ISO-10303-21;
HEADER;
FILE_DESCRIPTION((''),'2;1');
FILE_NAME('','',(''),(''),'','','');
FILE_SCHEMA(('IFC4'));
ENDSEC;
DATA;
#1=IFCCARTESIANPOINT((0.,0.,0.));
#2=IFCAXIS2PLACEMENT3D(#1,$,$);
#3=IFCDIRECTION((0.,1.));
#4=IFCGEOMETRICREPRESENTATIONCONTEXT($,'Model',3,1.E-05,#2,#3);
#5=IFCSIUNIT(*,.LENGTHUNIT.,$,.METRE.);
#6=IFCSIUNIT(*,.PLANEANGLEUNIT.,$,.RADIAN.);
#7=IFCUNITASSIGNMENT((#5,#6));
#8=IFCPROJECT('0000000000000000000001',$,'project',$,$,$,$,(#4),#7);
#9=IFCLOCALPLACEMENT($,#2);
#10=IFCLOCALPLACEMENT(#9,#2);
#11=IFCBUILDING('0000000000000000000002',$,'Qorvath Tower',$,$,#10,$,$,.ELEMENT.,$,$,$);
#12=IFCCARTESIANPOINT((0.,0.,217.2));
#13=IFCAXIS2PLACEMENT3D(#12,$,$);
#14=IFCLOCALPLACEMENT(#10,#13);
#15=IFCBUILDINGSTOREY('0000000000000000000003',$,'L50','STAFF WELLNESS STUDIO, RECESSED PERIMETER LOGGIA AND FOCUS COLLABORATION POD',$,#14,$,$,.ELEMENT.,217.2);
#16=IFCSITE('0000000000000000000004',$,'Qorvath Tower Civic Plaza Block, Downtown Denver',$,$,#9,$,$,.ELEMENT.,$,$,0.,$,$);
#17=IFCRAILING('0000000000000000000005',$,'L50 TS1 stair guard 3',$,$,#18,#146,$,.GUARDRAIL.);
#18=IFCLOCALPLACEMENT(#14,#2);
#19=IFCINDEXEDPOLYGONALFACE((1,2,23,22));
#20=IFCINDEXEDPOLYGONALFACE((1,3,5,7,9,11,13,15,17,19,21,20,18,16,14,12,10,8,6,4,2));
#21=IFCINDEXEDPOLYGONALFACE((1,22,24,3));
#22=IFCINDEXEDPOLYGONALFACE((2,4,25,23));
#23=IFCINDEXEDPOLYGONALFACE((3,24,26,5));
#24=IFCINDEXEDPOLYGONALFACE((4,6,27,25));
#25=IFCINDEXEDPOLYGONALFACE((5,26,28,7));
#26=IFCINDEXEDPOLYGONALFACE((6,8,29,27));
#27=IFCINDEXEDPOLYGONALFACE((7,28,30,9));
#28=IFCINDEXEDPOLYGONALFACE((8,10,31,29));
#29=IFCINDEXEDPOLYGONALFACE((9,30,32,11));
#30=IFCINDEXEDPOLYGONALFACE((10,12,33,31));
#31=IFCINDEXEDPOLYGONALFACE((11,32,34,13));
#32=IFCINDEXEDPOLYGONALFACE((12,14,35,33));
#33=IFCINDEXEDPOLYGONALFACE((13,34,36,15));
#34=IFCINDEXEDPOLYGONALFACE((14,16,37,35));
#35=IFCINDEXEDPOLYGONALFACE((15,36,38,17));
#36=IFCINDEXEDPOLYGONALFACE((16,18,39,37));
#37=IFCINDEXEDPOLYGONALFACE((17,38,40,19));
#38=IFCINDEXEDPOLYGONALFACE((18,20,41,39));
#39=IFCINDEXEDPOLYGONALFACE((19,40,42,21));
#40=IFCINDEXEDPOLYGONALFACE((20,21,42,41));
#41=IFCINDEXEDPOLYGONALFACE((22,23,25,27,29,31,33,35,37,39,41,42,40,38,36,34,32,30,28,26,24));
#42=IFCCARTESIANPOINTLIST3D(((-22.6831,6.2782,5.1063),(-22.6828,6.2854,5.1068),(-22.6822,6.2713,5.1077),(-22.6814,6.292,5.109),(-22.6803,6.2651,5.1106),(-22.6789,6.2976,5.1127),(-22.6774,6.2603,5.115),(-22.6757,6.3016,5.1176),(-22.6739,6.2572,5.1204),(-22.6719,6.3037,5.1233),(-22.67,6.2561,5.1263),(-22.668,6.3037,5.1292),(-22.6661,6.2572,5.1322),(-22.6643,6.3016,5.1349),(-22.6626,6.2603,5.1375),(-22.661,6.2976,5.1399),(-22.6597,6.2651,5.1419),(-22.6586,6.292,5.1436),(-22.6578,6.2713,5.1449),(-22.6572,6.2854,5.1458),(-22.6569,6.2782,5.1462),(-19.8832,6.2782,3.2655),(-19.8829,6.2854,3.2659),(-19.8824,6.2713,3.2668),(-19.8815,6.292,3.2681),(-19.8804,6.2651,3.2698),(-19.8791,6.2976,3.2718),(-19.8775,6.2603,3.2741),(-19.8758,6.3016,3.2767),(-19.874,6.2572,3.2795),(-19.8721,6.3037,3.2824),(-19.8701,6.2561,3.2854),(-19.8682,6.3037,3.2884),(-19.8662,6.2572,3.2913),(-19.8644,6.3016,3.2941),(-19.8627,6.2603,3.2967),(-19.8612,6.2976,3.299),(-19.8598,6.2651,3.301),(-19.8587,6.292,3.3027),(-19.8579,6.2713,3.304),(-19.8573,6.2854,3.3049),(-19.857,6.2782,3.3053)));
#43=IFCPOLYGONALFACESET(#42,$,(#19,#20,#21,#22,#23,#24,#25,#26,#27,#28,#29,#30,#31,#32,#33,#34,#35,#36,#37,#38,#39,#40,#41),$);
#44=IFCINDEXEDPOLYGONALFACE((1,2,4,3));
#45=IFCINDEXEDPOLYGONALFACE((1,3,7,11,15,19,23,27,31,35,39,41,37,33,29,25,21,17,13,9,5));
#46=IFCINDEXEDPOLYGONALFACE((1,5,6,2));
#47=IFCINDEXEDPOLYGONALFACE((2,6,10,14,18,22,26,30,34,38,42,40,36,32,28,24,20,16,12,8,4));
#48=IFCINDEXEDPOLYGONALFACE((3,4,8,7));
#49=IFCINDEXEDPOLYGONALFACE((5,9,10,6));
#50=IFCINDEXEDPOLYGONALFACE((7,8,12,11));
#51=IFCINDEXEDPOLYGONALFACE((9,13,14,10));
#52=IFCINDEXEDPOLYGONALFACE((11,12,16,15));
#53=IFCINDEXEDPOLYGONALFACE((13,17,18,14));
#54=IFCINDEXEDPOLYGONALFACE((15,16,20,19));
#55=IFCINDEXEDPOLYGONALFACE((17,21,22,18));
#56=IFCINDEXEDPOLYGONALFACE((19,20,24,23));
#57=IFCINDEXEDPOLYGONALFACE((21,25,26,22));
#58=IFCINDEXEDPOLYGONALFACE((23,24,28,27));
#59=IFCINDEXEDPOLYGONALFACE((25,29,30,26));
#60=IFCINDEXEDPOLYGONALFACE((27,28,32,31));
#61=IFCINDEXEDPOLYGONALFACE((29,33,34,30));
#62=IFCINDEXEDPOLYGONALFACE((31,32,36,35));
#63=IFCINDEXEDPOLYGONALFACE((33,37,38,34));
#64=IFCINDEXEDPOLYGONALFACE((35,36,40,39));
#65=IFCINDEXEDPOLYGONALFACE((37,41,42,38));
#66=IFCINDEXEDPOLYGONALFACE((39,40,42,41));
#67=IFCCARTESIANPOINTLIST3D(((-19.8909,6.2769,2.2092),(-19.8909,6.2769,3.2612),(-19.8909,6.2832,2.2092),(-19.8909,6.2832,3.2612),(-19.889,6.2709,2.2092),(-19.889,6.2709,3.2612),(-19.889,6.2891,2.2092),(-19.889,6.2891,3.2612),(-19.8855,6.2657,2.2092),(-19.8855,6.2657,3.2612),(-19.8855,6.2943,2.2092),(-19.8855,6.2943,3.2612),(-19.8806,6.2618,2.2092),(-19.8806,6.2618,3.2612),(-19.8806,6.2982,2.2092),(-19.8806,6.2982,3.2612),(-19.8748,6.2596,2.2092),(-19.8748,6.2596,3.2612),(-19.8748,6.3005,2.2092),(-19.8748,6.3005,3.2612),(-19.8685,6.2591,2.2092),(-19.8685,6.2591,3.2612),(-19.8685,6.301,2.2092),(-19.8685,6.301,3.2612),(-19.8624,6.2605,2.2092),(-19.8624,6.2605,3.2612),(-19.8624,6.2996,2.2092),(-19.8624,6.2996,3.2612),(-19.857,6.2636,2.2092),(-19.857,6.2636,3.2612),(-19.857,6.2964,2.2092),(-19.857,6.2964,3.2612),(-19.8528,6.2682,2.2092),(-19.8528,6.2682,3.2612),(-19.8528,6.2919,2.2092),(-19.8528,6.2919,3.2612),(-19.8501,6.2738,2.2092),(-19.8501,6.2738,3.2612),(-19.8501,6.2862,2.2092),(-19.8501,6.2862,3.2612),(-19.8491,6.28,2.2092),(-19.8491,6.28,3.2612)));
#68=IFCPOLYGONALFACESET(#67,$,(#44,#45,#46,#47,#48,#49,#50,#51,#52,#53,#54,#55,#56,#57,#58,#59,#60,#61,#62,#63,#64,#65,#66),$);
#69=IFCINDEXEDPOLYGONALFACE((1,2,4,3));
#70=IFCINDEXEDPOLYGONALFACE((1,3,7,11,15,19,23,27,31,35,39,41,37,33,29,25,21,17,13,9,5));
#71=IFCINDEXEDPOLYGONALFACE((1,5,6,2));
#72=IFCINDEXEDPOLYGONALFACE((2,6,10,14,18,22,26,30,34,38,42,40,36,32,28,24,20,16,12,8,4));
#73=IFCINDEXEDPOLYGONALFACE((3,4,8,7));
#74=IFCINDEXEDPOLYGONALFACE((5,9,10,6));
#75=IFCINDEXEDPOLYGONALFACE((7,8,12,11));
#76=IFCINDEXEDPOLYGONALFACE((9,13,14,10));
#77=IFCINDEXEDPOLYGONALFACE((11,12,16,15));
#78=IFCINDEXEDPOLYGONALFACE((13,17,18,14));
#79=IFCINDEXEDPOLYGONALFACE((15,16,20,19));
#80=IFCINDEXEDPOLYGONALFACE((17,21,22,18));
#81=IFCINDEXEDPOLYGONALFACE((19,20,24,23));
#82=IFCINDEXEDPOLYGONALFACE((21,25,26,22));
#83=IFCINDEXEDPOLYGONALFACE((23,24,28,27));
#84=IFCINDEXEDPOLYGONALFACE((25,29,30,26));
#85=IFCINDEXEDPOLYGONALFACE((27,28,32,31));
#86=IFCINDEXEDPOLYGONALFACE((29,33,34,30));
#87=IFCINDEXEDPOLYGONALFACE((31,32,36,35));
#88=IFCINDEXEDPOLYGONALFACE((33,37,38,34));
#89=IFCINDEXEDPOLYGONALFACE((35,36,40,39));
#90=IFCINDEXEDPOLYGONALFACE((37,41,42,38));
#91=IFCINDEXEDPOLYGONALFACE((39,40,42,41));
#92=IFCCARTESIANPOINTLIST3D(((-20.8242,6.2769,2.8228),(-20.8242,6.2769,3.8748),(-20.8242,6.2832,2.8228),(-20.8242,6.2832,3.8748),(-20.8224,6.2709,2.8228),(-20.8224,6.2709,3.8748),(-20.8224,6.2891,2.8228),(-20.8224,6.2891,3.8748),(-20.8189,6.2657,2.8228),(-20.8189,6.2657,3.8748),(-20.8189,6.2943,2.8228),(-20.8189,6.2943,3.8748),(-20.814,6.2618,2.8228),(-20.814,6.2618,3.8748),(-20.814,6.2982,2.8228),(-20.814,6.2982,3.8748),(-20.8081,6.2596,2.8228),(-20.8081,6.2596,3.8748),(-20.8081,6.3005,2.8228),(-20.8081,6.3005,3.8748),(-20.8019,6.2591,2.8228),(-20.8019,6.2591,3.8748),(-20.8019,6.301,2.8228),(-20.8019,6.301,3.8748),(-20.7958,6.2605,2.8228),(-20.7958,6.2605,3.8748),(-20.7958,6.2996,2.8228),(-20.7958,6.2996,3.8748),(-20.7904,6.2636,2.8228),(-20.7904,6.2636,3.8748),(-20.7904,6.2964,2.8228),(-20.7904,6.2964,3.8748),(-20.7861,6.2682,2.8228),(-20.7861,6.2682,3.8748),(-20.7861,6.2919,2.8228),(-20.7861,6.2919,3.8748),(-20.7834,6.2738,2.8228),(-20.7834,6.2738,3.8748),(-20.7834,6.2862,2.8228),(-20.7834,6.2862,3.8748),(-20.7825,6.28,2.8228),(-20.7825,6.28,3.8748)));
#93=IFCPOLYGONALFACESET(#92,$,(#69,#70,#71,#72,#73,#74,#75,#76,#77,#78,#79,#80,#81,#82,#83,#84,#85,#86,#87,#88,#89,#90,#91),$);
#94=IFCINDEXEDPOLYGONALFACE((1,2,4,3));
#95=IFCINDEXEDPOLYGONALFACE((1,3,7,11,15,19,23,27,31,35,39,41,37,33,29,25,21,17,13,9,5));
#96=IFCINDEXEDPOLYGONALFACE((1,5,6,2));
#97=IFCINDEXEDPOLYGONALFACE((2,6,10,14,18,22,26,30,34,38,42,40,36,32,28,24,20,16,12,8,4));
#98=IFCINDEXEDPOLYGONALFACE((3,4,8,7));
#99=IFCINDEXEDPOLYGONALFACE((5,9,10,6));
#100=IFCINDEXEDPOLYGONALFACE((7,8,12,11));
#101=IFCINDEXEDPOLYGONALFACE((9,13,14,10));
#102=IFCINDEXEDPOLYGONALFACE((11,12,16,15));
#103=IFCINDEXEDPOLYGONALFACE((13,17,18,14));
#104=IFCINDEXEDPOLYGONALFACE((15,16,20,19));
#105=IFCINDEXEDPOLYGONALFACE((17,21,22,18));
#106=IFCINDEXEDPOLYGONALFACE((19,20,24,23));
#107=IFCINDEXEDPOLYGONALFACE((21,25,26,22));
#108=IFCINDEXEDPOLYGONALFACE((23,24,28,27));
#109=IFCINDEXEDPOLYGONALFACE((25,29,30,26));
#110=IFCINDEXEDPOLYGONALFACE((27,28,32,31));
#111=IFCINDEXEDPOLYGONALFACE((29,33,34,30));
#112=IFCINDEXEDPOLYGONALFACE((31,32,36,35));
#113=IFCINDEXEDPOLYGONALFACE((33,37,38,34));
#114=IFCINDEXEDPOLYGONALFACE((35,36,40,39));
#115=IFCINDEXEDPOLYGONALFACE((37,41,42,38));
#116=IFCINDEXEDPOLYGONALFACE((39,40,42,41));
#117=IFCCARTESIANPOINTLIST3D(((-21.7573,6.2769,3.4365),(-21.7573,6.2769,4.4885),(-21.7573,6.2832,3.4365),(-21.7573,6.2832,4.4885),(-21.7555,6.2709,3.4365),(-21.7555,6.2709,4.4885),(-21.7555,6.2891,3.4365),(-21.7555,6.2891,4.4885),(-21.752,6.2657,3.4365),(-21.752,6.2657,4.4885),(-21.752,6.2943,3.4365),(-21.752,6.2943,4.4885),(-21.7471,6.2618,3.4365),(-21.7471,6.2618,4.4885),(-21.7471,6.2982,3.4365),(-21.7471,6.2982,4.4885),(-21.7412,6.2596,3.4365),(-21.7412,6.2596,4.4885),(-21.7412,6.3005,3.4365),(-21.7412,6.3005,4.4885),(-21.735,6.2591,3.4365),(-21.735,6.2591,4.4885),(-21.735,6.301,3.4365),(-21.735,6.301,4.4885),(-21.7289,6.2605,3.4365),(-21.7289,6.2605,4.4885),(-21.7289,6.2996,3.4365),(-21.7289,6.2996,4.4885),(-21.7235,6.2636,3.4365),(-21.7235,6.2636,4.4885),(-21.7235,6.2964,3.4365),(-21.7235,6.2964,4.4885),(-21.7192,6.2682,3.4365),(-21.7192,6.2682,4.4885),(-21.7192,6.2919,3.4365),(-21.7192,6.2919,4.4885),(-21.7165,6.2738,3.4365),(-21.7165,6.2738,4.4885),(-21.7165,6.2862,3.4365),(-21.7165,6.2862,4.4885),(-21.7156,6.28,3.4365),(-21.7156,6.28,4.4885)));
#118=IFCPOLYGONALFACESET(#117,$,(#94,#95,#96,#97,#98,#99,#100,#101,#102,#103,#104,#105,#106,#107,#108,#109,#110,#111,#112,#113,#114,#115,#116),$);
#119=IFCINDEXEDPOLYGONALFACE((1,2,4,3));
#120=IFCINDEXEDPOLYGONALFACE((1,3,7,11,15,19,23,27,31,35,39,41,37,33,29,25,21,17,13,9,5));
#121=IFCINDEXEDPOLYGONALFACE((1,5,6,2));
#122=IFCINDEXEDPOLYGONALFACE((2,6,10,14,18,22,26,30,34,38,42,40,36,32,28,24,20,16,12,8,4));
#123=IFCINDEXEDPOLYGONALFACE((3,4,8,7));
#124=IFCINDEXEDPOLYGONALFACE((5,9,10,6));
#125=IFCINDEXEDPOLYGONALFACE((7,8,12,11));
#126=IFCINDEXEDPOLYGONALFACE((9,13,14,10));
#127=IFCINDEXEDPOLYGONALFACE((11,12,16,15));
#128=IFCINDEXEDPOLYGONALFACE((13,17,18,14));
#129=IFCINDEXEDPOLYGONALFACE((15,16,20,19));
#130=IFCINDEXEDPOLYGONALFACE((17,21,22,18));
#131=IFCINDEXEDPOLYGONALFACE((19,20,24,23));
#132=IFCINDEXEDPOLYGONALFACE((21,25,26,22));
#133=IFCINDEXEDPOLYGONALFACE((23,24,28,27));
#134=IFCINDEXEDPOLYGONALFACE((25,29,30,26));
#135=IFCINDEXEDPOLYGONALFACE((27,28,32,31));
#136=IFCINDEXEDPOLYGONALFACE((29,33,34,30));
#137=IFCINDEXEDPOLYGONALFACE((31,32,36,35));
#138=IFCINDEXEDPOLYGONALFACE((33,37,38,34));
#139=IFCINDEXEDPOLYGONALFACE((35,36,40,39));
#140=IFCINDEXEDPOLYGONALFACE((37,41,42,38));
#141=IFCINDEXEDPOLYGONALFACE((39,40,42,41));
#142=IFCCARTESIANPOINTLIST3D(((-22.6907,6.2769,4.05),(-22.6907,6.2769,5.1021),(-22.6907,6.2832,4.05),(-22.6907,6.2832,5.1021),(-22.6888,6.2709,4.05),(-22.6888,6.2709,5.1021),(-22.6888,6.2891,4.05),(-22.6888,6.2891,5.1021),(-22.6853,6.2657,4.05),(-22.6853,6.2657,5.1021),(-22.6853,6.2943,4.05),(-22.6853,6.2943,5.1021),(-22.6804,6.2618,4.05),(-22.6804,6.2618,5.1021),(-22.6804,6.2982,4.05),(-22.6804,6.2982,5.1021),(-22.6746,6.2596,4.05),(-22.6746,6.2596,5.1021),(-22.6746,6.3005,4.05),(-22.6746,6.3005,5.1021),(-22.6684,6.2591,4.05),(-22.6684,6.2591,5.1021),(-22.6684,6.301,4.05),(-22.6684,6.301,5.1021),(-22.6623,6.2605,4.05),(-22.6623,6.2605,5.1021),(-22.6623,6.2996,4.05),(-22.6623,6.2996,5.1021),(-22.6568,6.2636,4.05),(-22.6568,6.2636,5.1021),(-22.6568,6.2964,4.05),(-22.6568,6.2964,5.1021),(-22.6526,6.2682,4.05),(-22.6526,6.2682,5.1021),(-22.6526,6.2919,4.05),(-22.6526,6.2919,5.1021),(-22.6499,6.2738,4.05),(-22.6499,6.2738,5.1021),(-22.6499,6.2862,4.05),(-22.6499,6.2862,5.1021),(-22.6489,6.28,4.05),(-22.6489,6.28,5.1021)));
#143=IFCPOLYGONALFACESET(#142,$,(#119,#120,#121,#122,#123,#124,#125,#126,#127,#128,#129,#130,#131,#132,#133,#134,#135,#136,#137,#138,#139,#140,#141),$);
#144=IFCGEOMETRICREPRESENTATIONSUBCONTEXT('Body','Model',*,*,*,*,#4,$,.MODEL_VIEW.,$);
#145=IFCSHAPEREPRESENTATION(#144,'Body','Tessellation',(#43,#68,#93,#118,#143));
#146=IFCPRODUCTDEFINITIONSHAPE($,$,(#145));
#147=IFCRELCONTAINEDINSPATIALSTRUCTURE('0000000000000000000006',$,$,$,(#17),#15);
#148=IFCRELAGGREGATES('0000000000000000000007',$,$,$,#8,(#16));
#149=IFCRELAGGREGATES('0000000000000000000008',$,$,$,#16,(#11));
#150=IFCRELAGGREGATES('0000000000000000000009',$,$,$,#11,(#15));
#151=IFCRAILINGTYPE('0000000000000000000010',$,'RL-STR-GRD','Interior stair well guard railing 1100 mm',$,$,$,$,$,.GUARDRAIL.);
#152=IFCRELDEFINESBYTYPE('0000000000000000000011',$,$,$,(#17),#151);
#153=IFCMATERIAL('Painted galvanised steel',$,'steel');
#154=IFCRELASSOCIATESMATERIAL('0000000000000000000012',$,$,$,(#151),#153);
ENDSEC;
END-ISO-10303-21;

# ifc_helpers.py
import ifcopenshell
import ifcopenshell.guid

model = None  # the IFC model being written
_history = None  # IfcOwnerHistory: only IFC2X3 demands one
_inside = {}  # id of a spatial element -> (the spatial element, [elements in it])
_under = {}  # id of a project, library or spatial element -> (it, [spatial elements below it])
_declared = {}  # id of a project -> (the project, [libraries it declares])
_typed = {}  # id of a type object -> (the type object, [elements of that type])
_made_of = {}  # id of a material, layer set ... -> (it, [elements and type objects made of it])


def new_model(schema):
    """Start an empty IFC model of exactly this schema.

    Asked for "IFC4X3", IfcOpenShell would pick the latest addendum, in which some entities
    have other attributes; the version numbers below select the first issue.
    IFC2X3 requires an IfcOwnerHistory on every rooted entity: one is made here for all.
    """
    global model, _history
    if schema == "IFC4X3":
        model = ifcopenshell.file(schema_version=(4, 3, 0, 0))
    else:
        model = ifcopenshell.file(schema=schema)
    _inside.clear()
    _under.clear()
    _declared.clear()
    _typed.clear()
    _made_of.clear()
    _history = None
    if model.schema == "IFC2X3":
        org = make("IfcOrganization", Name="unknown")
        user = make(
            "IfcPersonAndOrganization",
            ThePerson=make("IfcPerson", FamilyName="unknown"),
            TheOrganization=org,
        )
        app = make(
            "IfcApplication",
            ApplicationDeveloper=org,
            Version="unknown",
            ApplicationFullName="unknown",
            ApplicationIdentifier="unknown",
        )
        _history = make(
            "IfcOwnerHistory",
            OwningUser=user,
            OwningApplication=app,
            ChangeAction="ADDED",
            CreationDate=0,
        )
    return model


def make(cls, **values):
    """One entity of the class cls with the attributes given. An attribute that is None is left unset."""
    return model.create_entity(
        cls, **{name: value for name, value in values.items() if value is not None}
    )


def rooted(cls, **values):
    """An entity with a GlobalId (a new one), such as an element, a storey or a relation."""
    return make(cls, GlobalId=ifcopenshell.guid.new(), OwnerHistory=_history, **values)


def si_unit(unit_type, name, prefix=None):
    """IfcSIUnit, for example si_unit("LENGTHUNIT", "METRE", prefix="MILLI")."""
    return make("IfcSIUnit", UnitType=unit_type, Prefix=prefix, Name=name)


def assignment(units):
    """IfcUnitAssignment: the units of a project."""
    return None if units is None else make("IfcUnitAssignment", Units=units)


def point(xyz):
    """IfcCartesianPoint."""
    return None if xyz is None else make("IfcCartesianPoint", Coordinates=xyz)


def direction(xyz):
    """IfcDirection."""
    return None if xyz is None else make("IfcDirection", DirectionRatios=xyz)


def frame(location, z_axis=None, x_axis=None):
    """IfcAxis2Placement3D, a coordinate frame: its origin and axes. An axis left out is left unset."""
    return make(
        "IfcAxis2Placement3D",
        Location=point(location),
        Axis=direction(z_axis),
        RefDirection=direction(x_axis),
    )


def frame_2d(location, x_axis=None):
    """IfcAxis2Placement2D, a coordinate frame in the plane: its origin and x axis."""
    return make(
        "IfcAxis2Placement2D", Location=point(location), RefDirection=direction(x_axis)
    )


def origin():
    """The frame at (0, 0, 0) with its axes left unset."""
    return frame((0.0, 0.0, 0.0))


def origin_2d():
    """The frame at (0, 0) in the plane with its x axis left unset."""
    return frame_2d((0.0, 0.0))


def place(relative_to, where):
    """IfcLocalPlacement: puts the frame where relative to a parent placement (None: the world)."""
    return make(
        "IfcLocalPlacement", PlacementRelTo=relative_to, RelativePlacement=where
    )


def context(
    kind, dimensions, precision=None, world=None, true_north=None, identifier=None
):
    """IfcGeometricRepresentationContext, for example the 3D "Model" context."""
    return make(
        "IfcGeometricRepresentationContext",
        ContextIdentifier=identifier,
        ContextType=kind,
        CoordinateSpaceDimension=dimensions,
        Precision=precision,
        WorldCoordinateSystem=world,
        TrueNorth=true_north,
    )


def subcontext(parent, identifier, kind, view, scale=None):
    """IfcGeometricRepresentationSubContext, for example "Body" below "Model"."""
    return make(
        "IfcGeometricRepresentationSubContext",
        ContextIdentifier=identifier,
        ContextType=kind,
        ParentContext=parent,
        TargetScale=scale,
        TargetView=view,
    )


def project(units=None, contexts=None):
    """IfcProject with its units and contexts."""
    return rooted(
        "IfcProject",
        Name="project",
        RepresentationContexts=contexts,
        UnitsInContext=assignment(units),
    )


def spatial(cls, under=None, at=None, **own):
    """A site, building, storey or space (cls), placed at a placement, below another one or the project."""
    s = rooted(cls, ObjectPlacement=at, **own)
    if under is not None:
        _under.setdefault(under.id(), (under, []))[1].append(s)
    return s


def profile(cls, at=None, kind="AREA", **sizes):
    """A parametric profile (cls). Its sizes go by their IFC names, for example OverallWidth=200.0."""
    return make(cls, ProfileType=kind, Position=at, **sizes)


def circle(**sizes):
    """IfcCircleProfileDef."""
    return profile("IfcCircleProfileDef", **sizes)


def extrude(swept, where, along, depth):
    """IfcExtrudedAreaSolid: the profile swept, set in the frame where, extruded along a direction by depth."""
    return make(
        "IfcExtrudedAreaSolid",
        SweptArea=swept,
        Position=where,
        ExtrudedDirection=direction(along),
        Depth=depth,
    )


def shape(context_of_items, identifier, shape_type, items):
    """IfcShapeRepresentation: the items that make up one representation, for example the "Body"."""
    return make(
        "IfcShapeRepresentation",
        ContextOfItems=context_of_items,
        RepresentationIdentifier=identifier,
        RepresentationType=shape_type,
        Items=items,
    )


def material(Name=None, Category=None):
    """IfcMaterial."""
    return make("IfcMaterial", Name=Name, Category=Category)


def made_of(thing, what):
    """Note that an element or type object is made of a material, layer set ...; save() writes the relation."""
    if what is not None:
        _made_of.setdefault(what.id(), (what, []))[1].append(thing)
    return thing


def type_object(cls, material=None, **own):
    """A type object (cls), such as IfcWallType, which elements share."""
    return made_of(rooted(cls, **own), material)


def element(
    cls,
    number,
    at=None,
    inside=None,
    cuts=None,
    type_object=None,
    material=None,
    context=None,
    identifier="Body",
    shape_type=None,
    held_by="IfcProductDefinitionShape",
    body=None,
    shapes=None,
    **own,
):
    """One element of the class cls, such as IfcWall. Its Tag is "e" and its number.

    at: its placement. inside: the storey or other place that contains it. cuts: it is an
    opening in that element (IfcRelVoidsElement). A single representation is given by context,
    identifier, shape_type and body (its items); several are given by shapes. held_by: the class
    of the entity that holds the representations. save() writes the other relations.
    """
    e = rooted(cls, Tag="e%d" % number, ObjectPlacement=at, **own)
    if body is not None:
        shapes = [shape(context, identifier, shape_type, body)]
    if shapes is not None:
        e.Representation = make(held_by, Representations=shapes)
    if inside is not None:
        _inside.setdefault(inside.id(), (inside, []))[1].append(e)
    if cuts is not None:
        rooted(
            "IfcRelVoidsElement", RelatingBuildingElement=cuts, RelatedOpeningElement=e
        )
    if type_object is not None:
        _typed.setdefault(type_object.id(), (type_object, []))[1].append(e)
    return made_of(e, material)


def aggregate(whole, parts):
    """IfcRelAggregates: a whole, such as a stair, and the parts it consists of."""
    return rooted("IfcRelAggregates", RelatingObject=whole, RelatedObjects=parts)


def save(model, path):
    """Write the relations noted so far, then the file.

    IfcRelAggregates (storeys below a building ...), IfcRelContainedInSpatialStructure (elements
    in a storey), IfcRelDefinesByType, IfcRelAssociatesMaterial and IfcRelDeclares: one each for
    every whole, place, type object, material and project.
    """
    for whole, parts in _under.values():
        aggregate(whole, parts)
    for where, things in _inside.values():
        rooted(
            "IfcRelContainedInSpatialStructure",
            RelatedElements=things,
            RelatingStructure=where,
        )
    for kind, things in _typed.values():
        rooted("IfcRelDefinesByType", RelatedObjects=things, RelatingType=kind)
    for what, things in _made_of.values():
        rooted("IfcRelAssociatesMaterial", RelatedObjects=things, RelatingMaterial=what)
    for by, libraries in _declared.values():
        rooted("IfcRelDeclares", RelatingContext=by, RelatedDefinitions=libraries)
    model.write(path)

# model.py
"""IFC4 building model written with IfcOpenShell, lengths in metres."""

from ifc_helpers import new_model, si_unit, direction, frame, origin, origin_2d, place, context, subcontext, project, spatial, circle, extrude, material, type_object, element, save


model = new_model("IFC4")

# Units and contexts
model_context = context("Model", 3, precision=1e-05, world=origin(), true_north=direction((0.0, 1.0)))
body_context = subcontext(model_context, "Body", "Model", "MODEL_VIEW")
ifc_project = project(units=[si_unit("LENGTHUNIT", "METRE"), si_unit("PLANEANGLEUNIT", "RADIAN")], contexts=[model_context])

# Site, building, storey
site_placement = place(None, origin())
site = spatial("IfcSite", under=ifc_project, at=site_placement, Name="Qorvath Tower Civic Plaza Block, Downtown Denver", CompositionType="ELEMENT", RefElevation=0.0)
building_placement = place(site_placement, origin())
building = spatial("IfcBuilding", under=site, at=building_placement, Name="Qorvath Tower", CompositionType="ELEMENT")
storey_placement = place(building_placement, frame((0.0, 0.0, 217.2)))
storey = spatial("IfcBuildingStorey", under=building, at=storey_placement, Name="L50", Description="STAFF WELLNESS STUDIO, RECESSED PERIMETER LOGGIA AND FOCUS COLLABORATION POD", CompositionType="ELEMENT", Elevation=217.2)

# Railing
ifc_material_1 = material(Name="Painted galvanised steel", Category="steel")
railing_type_1 = type_object("IfcRailingType", Name="RL-STR-GRD", Description="Interior stair well guard railing 1100 mm", PredefinedType="GUARDRAIL", material=ifc_material_1)
railing_1_placement = place(storey_placement, frame((-19.8701, 6.28, 2.2092)))
element("IfcRailing", 1, at=railing_1_placement, inside=storey, type_object=railing_type_1, Name="L50 TS1 stair guard 3", PredefinedType="GUARDRAIL", context=body_context, shape_type="SweptSolid", body=[
    extrude(circle(Radius=0.0239, at=origin_2d()), frame((0.0, 0.0, 1.0762), z_axis=(-0.835576, 0.0, 0.549376), x_axis=(0.0, -1.0, 0.0)), (0.0, 0.0, 1.0), 3.3508),
    extrude(circle(Radius=0.021, at=origin_2d()), origin(), (0.0, 0.0, 1.0), 1.052),
    extrude(circle(Radius=0.021, at=origin_2d()), frame((-0.9333, 0.0, 0.6135)), (0.0, 0.0, 1.0), 1.052),
    extrude(circle(Radius=0.021, at=origin_2d()), frame((-1.8665, 0.0, 1.2273)), (0.0, 0.0, 1.0), 1.052),
    extrude(circle(Radius=0.021, at=origin_2d()), frame((-2.7998, 0.0, 1.8408)), (0.0, 0.0, 1.0), 1.052),
])

save(model, "model.ifc")
